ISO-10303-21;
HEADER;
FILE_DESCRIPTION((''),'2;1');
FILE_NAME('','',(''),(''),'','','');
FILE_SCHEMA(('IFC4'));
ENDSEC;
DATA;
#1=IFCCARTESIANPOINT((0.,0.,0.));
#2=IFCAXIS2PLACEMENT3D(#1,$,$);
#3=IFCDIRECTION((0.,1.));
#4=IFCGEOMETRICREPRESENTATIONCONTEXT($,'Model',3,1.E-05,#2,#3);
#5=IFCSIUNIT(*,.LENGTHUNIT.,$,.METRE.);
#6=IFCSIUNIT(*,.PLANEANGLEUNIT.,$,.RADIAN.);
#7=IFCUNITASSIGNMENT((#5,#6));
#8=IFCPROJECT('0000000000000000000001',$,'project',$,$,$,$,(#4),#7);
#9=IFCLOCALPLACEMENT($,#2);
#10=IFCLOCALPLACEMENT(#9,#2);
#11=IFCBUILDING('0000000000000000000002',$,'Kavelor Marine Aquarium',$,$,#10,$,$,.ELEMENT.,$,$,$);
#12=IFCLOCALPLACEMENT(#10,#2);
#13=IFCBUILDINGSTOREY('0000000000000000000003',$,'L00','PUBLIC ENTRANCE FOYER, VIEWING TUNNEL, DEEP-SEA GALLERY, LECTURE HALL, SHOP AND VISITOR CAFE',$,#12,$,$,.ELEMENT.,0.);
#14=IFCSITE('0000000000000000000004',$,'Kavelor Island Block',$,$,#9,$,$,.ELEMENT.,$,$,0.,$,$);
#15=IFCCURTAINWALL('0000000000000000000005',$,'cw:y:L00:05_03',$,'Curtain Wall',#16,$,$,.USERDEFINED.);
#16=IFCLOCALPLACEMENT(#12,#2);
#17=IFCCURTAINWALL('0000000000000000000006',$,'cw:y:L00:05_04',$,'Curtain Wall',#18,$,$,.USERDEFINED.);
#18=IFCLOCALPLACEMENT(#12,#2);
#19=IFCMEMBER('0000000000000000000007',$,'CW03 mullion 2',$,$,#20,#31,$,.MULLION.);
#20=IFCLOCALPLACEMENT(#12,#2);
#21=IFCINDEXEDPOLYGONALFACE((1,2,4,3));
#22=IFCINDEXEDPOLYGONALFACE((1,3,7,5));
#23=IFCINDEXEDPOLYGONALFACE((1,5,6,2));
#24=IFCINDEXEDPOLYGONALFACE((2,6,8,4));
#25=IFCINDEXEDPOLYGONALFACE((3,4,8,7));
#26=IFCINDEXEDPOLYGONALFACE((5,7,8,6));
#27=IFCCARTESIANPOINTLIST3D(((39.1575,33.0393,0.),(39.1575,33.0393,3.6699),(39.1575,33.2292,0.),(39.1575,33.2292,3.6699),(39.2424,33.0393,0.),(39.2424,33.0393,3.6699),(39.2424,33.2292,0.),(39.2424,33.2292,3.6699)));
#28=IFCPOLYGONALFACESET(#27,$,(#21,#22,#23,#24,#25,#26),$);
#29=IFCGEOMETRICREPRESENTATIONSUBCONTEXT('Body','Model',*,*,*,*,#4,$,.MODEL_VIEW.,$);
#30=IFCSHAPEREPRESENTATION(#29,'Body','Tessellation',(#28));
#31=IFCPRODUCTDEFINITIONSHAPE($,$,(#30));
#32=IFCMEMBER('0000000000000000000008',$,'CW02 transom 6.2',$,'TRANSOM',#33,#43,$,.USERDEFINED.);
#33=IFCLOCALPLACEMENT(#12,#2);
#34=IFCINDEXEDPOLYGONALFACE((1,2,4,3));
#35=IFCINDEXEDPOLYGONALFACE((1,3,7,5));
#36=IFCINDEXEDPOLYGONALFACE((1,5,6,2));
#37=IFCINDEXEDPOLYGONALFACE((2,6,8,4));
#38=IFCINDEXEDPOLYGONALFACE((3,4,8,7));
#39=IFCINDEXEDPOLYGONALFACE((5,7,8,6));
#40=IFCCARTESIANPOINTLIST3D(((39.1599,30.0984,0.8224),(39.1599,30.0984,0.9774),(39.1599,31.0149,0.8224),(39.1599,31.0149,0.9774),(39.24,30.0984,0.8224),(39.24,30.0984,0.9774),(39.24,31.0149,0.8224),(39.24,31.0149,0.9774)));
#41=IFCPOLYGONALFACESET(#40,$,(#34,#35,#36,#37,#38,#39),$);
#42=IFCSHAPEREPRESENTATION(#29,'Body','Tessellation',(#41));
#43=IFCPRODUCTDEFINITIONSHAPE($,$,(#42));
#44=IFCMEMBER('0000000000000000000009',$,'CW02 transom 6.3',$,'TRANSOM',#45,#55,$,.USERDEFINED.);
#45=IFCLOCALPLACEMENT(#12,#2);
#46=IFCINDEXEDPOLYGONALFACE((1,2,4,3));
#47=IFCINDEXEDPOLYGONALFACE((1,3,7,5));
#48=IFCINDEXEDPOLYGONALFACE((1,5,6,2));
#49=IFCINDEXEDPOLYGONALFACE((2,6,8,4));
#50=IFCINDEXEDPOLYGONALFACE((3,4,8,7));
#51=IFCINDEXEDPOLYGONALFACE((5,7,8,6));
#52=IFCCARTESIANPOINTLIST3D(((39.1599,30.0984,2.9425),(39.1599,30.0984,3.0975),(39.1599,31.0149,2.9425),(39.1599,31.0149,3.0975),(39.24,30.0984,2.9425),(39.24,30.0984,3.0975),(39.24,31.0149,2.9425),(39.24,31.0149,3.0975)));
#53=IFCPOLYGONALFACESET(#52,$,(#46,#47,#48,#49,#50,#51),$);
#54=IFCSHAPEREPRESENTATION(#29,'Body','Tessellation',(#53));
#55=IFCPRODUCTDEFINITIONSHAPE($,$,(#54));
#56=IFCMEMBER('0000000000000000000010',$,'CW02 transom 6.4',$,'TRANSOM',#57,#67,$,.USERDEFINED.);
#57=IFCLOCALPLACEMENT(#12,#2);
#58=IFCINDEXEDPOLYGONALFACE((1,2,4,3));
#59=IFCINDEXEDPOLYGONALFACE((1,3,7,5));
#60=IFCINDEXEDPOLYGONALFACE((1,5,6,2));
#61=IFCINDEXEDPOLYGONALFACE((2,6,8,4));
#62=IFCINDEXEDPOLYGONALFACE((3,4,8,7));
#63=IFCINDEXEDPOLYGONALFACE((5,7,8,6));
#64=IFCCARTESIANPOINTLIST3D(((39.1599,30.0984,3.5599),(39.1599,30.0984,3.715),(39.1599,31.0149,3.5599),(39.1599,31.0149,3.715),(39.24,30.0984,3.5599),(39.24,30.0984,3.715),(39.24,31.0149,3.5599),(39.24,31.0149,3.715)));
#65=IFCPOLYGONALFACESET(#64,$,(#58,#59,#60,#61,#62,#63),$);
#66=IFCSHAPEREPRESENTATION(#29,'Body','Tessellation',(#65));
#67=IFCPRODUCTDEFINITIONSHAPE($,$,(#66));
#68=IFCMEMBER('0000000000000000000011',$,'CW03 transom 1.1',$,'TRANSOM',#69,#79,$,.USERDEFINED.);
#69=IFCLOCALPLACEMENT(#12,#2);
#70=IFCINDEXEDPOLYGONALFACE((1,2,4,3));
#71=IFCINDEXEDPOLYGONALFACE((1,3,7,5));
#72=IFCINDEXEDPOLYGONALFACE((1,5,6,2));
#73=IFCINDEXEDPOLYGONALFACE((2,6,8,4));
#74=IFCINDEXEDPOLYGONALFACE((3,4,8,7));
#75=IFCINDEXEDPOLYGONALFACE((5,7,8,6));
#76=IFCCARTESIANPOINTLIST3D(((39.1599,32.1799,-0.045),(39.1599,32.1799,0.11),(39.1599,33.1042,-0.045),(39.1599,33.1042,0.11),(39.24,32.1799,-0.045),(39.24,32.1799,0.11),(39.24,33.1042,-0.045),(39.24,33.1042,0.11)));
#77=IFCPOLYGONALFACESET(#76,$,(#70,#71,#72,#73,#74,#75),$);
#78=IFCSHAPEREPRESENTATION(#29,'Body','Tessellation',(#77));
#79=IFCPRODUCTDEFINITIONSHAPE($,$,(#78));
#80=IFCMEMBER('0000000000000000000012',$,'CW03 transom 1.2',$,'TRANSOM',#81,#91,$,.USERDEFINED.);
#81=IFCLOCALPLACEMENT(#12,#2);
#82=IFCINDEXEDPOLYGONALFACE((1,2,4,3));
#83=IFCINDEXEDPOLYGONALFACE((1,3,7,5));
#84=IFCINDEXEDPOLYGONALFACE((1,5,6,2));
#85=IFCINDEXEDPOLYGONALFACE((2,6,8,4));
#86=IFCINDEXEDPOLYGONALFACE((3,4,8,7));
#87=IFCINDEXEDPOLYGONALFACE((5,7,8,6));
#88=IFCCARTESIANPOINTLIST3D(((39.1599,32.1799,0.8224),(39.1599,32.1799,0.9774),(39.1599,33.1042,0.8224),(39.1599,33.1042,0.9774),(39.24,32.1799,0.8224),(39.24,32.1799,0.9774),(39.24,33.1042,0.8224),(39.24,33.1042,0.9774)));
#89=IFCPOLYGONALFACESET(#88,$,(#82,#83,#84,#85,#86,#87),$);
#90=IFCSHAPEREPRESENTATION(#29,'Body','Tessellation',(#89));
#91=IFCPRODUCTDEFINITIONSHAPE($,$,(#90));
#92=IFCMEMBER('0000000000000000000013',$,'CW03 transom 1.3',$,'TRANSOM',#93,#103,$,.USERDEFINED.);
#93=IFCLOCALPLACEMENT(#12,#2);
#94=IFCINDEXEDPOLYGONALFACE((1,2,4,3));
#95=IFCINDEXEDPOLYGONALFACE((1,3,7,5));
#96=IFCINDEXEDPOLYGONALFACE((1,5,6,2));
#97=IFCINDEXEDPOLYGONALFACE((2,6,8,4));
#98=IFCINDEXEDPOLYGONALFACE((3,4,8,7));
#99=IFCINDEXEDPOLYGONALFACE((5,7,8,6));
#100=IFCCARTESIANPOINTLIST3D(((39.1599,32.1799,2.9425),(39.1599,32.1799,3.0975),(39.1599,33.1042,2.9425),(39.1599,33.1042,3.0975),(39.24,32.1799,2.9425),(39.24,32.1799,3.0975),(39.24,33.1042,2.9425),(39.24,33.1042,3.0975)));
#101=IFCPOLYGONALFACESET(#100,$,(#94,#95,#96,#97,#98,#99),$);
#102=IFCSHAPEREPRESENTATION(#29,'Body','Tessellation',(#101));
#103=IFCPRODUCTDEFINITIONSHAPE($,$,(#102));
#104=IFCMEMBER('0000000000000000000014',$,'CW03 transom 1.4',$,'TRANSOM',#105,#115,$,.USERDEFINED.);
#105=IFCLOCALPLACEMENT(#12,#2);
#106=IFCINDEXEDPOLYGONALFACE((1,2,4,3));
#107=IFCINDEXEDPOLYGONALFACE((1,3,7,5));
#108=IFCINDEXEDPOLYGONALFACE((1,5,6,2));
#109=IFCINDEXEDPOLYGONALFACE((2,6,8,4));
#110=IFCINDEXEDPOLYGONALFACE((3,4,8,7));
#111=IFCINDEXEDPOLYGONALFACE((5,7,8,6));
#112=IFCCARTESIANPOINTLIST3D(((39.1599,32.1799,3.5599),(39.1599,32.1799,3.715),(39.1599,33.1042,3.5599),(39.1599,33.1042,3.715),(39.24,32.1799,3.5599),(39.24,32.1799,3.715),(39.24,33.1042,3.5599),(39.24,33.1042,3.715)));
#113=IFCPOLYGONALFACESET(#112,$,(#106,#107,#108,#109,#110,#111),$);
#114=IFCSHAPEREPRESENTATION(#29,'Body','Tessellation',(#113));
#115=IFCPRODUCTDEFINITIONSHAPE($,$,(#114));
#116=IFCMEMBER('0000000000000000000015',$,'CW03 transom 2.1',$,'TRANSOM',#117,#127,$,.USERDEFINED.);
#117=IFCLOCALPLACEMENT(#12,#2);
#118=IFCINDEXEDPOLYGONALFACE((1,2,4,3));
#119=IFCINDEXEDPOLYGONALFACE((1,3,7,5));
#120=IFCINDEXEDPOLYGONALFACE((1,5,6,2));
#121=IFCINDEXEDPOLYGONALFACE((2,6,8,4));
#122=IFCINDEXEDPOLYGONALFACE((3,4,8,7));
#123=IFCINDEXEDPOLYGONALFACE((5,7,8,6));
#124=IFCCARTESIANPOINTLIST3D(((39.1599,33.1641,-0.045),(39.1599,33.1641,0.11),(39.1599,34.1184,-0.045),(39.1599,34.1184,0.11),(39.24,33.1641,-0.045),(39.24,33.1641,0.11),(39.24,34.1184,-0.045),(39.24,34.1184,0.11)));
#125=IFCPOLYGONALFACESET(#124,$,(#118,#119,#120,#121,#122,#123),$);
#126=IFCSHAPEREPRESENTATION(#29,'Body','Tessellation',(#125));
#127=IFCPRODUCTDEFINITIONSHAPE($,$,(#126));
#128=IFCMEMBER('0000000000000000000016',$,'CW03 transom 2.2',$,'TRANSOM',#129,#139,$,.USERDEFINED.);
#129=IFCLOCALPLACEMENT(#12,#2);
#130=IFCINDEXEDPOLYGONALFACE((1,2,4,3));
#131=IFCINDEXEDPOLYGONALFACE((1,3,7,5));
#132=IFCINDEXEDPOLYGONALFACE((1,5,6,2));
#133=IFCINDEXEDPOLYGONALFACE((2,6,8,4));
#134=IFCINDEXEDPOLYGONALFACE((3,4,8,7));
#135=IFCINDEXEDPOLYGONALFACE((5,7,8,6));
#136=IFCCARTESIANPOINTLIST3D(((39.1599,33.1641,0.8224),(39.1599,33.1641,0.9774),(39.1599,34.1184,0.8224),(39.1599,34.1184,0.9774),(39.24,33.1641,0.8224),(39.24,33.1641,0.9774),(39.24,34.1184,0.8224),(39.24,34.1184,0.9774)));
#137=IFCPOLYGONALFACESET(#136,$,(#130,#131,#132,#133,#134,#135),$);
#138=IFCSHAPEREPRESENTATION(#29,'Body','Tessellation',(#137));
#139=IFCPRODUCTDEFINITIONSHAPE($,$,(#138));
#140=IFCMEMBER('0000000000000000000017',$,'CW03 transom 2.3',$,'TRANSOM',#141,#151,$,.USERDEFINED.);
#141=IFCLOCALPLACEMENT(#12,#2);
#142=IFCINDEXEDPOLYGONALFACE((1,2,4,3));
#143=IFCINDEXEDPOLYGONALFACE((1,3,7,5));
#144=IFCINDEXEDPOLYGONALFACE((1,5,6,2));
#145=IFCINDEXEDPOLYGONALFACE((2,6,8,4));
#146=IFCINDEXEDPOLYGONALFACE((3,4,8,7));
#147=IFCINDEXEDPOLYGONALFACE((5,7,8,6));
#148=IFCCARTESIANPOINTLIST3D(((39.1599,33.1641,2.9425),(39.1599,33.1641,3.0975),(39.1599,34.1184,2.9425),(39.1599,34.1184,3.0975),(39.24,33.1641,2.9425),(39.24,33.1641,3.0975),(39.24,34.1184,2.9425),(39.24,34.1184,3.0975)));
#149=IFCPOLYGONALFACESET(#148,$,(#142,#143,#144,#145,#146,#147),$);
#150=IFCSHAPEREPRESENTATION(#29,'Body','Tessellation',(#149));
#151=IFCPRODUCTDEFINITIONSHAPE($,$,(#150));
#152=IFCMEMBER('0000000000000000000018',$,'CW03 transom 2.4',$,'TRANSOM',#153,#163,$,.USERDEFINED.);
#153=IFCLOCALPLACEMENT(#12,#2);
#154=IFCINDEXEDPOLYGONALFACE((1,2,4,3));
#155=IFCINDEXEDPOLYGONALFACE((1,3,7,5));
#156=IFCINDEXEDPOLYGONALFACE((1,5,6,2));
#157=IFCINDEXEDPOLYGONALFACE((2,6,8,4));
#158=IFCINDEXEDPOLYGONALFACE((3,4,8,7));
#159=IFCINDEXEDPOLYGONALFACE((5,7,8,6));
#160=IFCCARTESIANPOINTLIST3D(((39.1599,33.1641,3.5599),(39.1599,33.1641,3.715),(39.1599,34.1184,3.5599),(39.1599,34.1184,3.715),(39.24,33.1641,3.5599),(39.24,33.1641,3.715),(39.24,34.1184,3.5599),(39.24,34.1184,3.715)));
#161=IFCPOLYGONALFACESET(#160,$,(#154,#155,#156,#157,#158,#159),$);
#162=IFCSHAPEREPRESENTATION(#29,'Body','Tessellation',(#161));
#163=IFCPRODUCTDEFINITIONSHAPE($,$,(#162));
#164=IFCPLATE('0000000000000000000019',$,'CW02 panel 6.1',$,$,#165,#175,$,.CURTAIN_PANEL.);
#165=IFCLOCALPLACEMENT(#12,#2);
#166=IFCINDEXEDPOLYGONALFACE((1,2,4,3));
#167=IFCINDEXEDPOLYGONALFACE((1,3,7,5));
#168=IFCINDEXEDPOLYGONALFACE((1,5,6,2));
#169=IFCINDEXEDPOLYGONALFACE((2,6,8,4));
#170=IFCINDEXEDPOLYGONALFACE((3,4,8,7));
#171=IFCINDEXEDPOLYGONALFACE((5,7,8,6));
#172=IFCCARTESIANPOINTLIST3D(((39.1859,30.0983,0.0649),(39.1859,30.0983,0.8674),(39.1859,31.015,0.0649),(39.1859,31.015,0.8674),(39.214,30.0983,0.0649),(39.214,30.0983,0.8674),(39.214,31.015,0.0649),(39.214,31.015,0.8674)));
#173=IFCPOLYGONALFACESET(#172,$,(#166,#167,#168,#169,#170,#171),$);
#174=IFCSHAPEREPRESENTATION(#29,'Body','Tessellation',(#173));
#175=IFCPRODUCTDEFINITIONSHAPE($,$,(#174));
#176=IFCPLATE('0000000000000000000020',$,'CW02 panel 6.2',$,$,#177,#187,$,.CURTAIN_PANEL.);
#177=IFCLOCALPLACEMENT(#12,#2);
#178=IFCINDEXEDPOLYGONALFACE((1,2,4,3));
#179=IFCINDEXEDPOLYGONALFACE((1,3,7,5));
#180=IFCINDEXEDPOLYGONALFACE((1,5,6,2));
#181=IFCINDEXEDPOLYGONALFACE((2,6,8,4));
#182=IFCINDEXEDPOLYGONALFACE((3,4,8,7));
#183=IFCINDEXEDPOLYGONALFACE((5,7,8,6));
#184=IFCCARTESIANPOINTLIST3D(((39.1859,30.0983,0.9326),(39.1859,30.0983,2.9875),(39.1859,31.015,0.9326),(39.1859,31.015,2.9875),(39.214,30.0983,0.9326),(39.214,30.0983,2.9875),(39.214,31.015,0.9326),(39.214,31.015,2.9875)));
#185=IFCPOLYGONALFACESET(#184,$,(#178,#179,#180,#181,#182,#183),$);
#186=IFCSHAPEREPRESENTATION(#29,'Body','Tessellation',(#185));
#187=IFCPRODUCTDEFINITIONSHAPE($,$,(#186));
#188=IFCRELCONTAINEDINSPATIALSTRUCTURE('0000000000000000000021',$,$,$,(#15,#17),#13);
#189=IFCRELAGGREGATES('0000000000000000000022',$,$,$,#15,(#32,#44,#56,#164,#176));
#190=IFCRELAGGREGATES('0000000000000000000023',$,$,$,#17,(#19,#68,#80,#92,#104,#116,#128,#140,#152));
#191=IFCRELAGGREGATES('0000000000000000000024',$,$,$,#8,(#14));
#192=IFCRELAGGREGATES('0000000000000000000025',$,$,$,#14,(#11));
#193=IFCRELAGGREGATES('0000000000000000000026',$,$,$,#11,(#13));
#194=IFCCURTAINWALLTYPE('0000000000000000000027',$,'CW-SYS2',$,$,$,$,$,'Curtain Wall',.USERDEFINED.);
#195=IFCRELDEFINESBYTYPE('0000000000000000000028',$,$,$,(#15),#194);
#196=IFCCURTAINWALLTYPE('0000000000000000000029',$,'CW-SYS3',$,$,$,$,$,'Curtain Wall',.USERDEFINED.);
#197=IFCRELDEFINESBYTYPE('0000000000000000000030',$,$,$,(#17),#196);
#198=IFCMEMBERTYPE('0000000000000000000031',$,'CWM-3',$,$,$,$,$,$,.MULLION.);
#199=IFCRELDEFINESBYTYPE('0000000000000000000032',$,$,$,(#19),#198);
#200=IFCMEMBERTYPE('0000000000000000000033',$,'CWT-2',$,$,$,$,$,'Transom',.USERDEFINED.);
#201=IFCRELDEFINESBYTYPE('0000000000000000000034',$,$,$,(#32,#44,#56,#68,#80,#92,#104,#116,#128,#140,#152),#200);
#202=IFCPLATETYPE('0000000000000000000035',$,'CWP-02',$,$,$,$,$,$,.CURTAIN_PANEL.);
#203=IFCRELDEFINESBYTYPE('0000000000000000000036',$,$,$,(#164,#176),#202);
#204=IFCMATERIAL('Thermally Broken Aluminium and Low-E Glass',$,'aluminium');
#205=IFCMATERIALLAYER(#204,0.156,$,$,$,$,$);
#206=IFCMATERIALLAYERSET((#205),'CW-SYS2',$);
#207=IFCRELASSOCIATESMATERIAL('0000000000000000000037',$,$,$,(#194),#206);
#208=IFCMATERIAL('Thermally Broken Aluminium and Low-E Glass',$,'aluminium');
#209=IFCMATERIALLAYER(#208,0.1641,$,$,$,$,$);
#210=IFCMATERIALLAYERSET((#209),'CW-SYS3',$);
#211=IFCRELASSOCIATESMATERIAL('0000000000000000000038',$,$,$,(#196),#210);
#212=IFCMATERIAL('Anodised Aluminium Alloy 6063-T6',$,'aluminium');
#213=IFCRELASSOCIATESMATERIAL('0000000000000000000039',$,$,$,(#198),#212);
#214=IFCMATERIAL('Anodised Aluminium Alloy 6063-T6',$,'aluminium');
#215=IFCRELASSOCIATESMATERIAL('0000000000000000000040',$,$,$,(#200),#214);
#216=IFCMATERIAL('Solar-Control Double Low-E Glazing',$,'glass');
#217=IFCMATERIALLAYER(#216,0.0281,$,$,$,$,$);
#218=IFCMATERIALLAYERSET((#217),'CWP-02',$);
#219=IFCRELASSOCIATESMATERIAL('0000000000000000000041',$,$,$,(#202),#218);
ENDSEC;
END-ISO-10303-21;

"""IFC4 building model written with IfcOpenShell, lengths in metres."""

from ifc_helpers import new_model, si_unit, direction, frame, origin, origin_2d, place, context, subcontext, project, spatial, rectangle, extrude, material, layer, layer_set, material_profile, profile_set, type_object, element, aggregate, save


model = new_model("IFC4")

# Units and contexts
model_context = context("Model", 3, precision=1e-05, world=origin(), true_north=direction((0.0, 1.0)))
body_context = subcontext(model_context, "Body", "Model", "MODEL_VIEW")
ifc_project = project(units=[si_unit("LENGTHUNIT", "METRE"), si_unit("PLANEANGLEUNIT", "RADIAN")], contexts=[model_context])

# Site, building, storey
site_placement = place(None, origin())
site = spatial("IfcSite", under=ifc_project, at=site_placement, Name="Kavelor Island Block", CompositionType="ELEMENT", RefElevation=0.0)
building_placement = place(site_placement, origin())
building = spatial("IfcBuilding", under=site, at=building_placement, Name="Kavelor Marine Aquarium", CompositionType="ELEMENT")
storey_placement = place(building_placement, origin())
storey = spatial("IfcBuildingStorey", under=building, at=storey_placement, Name="L00", Description="PUBLIC ENTRANCE FOYER, VIEWING TUNNEL, DEEP-SEA GALLERY, LECTURE HALL, SHOP AND VISITOR CAFE", CompositionType="ELEMENT", Elevation=0.0)

# Curtain wall
ifc_material_1 = material(Name="Thermally Broken Aluminium and Low-E Glass", Category="aluminium")
ifc_layer_1 = layer(ifc_material_1, 0.156)
ifc_layer_set_1 = layer_set([ifc_layer_1], Name="CW-SYS2")
curtain_wall_type_1 = type_object("IfcCurtainWallType", Name="CW-SYS2", ElementType="Curtain Wall", PredefinedType="USERDEFINED", material=ifc_layer_set_1)
curtain_wall_1_placement = place(storey_placement, origin())
curtain_wall_1 = element("IfcCurtainWall", 1, at=curtain_wall_1_placement, inside=storey, type_object=curtain_wall_type_1, Name="cw:y:L00:05_03", ObjectType="Curtain Wall", PredefinedType="USERDEFINED")

# Curtain wall, member
ifc_material_2 = material(Name="Thermally Broken Aluminium and Low-E Glass", Category="aluminium")
ifc_layer_2 = layer(ifc_material_2, 0.1641)
ifc_layer_set_2 = layer_set([ifc_layer_2], Name="CW-SYS3")
curtain_wall_type_2 = type_object("IfcCurtainWallType", Name="CW-SYS3", ElementType="Curtain Wall", PredefinedType="USERDEFINED", material=ifc_layer_set_2)
curtain_wall_2_placement = place(storey_placement, origin())
curtain_wall_2 = element("IfcCurtainWall", 2, at=curtain_wall_2_placement, inside=storey, type_object=curtain_wall_type_2, Name="cw:y:L00:05_04", ObjectType="Curtain Wall", PredefinedType="USERDEFINED")
ifc_material_3 = material(Name="Anodised Aluminium Alloy 6063-T6", Category="aluminium")
ifc_material_profile_1 = material_profile(ifc_material_3, rectangle(XDim=0.085, YDim=0.1899, at=origin_2d()), Name="CW-MUL 85x190")
ifc_profile_set_1 = profile_set([ifc_material_profile_1], Name="Anodised Aluminium Alloy 6063-T6")
member_type_1 = type_object("IfcMemberType", Name="CWM-3", PredefinedType="MULLION", material=ifc_profile_set_1)
member_1_placement = place(storey_placement, frame((39.2, 33.1343, 0.0), z_axis=(0.0, 0.0, 1.0), x_axis=(-1.0, 0.0, 0.0)))
member_1 = element("IfcMember", 3, at=member_1_placement, type_object=member_type_1, Name="CW03 mullion 2", PredefinedType="MULLION", context=body_context, shape_type="SweptSolid", body=[
    extrude(rectangle(XDim=0.085, YDim=0.1899, at=origin_2d()), origin(), (0.0, 0.0, 1.0), 3.6699),
])

# Members
ifc_material_4 = material(Name="Anodised Aluminium Alloy 6063-T6", Category="aluminium")
ifc_material_profile_2 = material_profile(ifc_material_4, rectangle(XDim=0.0801, YDim=0.155, at=origin_2d()), Name="CW-TRN 80x155")
ifc_profile_set_2 = profile_set([ifc_material_profile_2], Name="Anodised Aluminium Alloy 6063-T6")
member_type_2 = type_object("IfcMemberType", Name="CWT-2", ElementType="Transom", PredefinedType="USERDEFINED", material=ifc_profile_set_2)
member_2_placement = place(storey_placement, frame((39.2, 30.0984, 0.8999), z_axis=(0.0, 1.0, 0.0), x_axis=(-1.0, 0.0, 0.0)))
member_2 = element("IfcMember", 4, at=member_2_placement, type_object=member_type_2, Name="CW02 transom 6.2", ObjectType="TRANSOM", PredefinedType="USERDEFINED", context=body_context, shape_type="SweptSolid", body=[
    extrude(rectangle(XDim=0.0801, YDim=0.155, at=origin_2d()), origin(), (0.0, 0.0, 1.0), 0.9165),
])
member_3_placement = place(storey_placement, frame((39.2, 30.0984, 3.02), z_axis=(0.0, 1.0, 0.0), x_axis=(-1.0, 0.0, 0.0)))
member_3 = element("IfcMember", 5, at=member_3_placement, type_object=member_type_2, Name="CW02 transom 6.3", ObjectType="TRANSOM", PredefinedType="USERDEFINED", context=body_context, shape_type="SweptSolid", body=[
    extrude(rectangle(XDim=0.0801, YDim=0.155, at=origin_2d()), origin(), (0.0, 0.0, 1.0), 0.9165),
])
member_4_placement = place(storey_placement, frame((39.2, 30.0984, 3.6375), z_axis=(0.0, 1.0, 0.0), x_axis=(-1.0, 0.0, 0.0)))
member_4 = element("IfcMember", 6, at=member_4_placement, type_object=member_type_2, Name="CW02 transom 6.4", ObjectType="TRANSOM", PredefinedType="USERDEFINED", context=body_context, shape_type="SweptSolid", body=[
    extrude(rectangle(XDim=0.0801, YDim=0.155, at=origin_2d()), origin(), (0.0, 0.0, 1.0), 0.9165),
])
member_5_placement = place(storey_placement, frame((39.2, 32.1799, 0.0325), z_axis=(0.0, 1.0, 0.0), x_axis=(-1.0, 0.0, 0.0)))
member_5 = element("IfcMember", 7, at=member_5_placement, type_object=member_type_2, Name="CW03 transom 1.1", ObjectType="TRANSOM", PredefinedType="USERDEFINED", context=body_context, shape_type="SweptSolid", body=[
    extrude(rectangle(XDim=0.0801, YDim=0.155, at=origin_2d()), origin(), (0.0, 0.0, 1.0), 0.9243),
])
member_6_placement = place(storey_placement, frame((39.2, 32.1799, 0.8999), z_axis=(0.0, 1.0, 0.0), x_axis=(-1.0, 0.0, 0.0)))
member_6 = element("IfcMember", 8, at=member_6_placement, type_object=member_type_2, Name="CW03 transom 1.2", ObjectType="TRANSOM", PredefinedType="USERDEFINED", context=body_context, shape_type="SweptSolid", body=[
    extrude(rectangle(XDim=0.0801, YDim=0.155, at=origin_2d()), origin(), (0.0, 0.0, 1.0), 0.9243),
])
member_7_placement = place(storey_placement, frame((39.2, 32.1799, 3.02), z_axis=(0.0, 1.0, 0.0), x_axis=(-1.0, 0.0, 0.0)))
member_7 = element("IfcMember", 9, at=member_7_placement, type_object=member_type_2, Name="CW03 transom 1.3", ObjectType="TRANSOM", PredefinedType="USERDEFINED", context=body_context, shape_type="SweptSolid", body=[
    extrude(rectangle(XDim=0.0801, YDim=0.155, at=origin_2d()), origin(), (0.0, 0.0, 1.0), 0.9243),
])
member_8_placement = place(storey_placement, frame((39.2, 32.1799, 3.6375), z_axis=(0.0, 1.0, 0.0), x_axis=(-1.0, 0.0, 0.0)))
member_8 = element("IfcMember", 10, at=member_8_placement, type_object=member_type_2, Name="CW03 transom 1.4", ObjectType="TRANSOM", PredefinedType="USERDEFINED", context=body_context, shape_type="SweptSolid", body=[
    extrude(rectangle(XDim=0.0801, YDim=0.155, at=origin_2d()), origin(), (0.0, 0.0, 1.0), 0.9243),
])
member_9_placement = place(storey_placement, frame((39.2, 33.1641, 0.0325), z_axis=(0.0, 1.0, 0.0), x_axis=(-1.0, 0.0, 0.0)))
member_9 = element("IfcMember", 11, at=member_9_placement, type_object=member_type_2, Name="CW03 transom 2.1", ObjectType="TRANSOM", PredefinedType="USERDEFINED", context=body_context, shape_type="SweptSolid", body=[
    extrude(rectangle(XDim=0.0801, YDim=0.155, at=origin_2d()), origin(), (0.0, 0.0, 1.0), 0.9543),
])
member_10_placement = place(storey_placement, frame((39.2, 33.1641, 0.8999), z_axis=(0.0, 1.0, 0.0), x_axis=(-1.0, 0.0, 0.0)))
member_10 = element("IfcMember", 12, at=member_10_placement, type_object=member_type_2, Name="CW03 transom 2.2", ObjectType="TRANSOM", PredefinedType="USERDEFINED", context=body_context, shape_type="SweptSolid", body=[
    extrude(rectangle(XDim=0.0801, YDim=0.155, at=origin_2d()), origin(), (0.0, 0.0, 1.0), 0.9543),
])
member_11_placement = place(storey_placement, frame((39.2, 33.1641, 3.02), z_axis=(0.0, 1.0, 0.0), x_axis=(-1.0, 0.0, 0.0)))
member_11 = element("IfcMember", 13, at=member_11_placement, type_object=member_type_2, Name="CW03 transom 2.3", ObjectType="TRANSOM", PredefinedType="USERDEFINED", context=body_context, shape_type="SweptSolid", body=[
    extrude(rectangle(XDim=0.0801, YDim=0.155, at=origin_2d()), origin(), (0.0, 0.0, 1.0), 0.9543),
])
member_12_placement = place(storey_placement, frame((39.2, 33.1641, 3.6375), z_axis=(0.0, 1.0, 0.0), x_axis=(-1.0, 0.0, 0.0)))
member_12 = element("IfcMember", 14, at=member_12_placement, type_object=member_type_2, Name="CW03 transom 2.4", ObjectType="TRANSOM", PredefinedType="USERDEFINED", context=body_context, shape_type="SweptSolid", body=[
    extrude(rectangle(XDim=0.0801, YDim=0.155, at=origin_2d()), origin(), (0.0, 0.0, 1.0), 0.9543),
])

# Plates
ifc_material_5 = material(Name="Solar-Control Double Low-E Glazing", Category="glass")
ifc_layer_3 = layer(ifc_material_5, 0.0281)
ifc_layer_set_3 = layer_set([ifc_layer_3], Name="CWP-02")
plate_type_1 = type_object("IfcPlateType", Name="CWP-02", PredefinedType="CURTAIN_PANEL", material=ifc_layer_set_3)
plate_1_placement = place(storey_placement, frame((39.2, 30.5566, 0.0649), z_axis=(0.0, 0.0, 1.0), x_axis=(0.0, 1.0, 0.0)))
plate_1 = element("IfcPlate", 15, at=plate_1_placement, type_object=plate_type_1, Name="CW02 panel 6.1", PredefinedType="CURTAIN_PANEL", context=body_context, shape_type="SweptSolid", body=[
    extrude(rectangle(XDim=0.9167, YDim=0.0281, at=origin_2d()), origin(), (0.0, 0.0, 1.0), 0.8025),
])
plate_2_placement = place(storey_placement, frame((39.2, 30.5566, 0.9326), z_axis=(0.0, 0.0, 1.0), x_axis=(0.0, 1.0, 0.0)))
plate_2 = element("IfcPlate", 16, at=plate_2_placement, type_object=plate_type_1, Name="CW02 panel 6.2", PredefinedType="CURTAIN_PANEL", context=body_context, shape_type="SweptSolid", body=[
    extrude(rectangle(XDim=0.9167, YDim=0.0281, at=origin_2d()), origin(), (0.0, 0.0, 1.0), 2.0549),
])
aggregate(curtain_wall_1, [member_2, member_3, member_4, plate_1, plate_2])
aggregate(curtain_wall_2, [member_1, member_5, member_6, member_7, member_8, member_9, member_10, member_11, member_12])

save(model, "model.ifc")
